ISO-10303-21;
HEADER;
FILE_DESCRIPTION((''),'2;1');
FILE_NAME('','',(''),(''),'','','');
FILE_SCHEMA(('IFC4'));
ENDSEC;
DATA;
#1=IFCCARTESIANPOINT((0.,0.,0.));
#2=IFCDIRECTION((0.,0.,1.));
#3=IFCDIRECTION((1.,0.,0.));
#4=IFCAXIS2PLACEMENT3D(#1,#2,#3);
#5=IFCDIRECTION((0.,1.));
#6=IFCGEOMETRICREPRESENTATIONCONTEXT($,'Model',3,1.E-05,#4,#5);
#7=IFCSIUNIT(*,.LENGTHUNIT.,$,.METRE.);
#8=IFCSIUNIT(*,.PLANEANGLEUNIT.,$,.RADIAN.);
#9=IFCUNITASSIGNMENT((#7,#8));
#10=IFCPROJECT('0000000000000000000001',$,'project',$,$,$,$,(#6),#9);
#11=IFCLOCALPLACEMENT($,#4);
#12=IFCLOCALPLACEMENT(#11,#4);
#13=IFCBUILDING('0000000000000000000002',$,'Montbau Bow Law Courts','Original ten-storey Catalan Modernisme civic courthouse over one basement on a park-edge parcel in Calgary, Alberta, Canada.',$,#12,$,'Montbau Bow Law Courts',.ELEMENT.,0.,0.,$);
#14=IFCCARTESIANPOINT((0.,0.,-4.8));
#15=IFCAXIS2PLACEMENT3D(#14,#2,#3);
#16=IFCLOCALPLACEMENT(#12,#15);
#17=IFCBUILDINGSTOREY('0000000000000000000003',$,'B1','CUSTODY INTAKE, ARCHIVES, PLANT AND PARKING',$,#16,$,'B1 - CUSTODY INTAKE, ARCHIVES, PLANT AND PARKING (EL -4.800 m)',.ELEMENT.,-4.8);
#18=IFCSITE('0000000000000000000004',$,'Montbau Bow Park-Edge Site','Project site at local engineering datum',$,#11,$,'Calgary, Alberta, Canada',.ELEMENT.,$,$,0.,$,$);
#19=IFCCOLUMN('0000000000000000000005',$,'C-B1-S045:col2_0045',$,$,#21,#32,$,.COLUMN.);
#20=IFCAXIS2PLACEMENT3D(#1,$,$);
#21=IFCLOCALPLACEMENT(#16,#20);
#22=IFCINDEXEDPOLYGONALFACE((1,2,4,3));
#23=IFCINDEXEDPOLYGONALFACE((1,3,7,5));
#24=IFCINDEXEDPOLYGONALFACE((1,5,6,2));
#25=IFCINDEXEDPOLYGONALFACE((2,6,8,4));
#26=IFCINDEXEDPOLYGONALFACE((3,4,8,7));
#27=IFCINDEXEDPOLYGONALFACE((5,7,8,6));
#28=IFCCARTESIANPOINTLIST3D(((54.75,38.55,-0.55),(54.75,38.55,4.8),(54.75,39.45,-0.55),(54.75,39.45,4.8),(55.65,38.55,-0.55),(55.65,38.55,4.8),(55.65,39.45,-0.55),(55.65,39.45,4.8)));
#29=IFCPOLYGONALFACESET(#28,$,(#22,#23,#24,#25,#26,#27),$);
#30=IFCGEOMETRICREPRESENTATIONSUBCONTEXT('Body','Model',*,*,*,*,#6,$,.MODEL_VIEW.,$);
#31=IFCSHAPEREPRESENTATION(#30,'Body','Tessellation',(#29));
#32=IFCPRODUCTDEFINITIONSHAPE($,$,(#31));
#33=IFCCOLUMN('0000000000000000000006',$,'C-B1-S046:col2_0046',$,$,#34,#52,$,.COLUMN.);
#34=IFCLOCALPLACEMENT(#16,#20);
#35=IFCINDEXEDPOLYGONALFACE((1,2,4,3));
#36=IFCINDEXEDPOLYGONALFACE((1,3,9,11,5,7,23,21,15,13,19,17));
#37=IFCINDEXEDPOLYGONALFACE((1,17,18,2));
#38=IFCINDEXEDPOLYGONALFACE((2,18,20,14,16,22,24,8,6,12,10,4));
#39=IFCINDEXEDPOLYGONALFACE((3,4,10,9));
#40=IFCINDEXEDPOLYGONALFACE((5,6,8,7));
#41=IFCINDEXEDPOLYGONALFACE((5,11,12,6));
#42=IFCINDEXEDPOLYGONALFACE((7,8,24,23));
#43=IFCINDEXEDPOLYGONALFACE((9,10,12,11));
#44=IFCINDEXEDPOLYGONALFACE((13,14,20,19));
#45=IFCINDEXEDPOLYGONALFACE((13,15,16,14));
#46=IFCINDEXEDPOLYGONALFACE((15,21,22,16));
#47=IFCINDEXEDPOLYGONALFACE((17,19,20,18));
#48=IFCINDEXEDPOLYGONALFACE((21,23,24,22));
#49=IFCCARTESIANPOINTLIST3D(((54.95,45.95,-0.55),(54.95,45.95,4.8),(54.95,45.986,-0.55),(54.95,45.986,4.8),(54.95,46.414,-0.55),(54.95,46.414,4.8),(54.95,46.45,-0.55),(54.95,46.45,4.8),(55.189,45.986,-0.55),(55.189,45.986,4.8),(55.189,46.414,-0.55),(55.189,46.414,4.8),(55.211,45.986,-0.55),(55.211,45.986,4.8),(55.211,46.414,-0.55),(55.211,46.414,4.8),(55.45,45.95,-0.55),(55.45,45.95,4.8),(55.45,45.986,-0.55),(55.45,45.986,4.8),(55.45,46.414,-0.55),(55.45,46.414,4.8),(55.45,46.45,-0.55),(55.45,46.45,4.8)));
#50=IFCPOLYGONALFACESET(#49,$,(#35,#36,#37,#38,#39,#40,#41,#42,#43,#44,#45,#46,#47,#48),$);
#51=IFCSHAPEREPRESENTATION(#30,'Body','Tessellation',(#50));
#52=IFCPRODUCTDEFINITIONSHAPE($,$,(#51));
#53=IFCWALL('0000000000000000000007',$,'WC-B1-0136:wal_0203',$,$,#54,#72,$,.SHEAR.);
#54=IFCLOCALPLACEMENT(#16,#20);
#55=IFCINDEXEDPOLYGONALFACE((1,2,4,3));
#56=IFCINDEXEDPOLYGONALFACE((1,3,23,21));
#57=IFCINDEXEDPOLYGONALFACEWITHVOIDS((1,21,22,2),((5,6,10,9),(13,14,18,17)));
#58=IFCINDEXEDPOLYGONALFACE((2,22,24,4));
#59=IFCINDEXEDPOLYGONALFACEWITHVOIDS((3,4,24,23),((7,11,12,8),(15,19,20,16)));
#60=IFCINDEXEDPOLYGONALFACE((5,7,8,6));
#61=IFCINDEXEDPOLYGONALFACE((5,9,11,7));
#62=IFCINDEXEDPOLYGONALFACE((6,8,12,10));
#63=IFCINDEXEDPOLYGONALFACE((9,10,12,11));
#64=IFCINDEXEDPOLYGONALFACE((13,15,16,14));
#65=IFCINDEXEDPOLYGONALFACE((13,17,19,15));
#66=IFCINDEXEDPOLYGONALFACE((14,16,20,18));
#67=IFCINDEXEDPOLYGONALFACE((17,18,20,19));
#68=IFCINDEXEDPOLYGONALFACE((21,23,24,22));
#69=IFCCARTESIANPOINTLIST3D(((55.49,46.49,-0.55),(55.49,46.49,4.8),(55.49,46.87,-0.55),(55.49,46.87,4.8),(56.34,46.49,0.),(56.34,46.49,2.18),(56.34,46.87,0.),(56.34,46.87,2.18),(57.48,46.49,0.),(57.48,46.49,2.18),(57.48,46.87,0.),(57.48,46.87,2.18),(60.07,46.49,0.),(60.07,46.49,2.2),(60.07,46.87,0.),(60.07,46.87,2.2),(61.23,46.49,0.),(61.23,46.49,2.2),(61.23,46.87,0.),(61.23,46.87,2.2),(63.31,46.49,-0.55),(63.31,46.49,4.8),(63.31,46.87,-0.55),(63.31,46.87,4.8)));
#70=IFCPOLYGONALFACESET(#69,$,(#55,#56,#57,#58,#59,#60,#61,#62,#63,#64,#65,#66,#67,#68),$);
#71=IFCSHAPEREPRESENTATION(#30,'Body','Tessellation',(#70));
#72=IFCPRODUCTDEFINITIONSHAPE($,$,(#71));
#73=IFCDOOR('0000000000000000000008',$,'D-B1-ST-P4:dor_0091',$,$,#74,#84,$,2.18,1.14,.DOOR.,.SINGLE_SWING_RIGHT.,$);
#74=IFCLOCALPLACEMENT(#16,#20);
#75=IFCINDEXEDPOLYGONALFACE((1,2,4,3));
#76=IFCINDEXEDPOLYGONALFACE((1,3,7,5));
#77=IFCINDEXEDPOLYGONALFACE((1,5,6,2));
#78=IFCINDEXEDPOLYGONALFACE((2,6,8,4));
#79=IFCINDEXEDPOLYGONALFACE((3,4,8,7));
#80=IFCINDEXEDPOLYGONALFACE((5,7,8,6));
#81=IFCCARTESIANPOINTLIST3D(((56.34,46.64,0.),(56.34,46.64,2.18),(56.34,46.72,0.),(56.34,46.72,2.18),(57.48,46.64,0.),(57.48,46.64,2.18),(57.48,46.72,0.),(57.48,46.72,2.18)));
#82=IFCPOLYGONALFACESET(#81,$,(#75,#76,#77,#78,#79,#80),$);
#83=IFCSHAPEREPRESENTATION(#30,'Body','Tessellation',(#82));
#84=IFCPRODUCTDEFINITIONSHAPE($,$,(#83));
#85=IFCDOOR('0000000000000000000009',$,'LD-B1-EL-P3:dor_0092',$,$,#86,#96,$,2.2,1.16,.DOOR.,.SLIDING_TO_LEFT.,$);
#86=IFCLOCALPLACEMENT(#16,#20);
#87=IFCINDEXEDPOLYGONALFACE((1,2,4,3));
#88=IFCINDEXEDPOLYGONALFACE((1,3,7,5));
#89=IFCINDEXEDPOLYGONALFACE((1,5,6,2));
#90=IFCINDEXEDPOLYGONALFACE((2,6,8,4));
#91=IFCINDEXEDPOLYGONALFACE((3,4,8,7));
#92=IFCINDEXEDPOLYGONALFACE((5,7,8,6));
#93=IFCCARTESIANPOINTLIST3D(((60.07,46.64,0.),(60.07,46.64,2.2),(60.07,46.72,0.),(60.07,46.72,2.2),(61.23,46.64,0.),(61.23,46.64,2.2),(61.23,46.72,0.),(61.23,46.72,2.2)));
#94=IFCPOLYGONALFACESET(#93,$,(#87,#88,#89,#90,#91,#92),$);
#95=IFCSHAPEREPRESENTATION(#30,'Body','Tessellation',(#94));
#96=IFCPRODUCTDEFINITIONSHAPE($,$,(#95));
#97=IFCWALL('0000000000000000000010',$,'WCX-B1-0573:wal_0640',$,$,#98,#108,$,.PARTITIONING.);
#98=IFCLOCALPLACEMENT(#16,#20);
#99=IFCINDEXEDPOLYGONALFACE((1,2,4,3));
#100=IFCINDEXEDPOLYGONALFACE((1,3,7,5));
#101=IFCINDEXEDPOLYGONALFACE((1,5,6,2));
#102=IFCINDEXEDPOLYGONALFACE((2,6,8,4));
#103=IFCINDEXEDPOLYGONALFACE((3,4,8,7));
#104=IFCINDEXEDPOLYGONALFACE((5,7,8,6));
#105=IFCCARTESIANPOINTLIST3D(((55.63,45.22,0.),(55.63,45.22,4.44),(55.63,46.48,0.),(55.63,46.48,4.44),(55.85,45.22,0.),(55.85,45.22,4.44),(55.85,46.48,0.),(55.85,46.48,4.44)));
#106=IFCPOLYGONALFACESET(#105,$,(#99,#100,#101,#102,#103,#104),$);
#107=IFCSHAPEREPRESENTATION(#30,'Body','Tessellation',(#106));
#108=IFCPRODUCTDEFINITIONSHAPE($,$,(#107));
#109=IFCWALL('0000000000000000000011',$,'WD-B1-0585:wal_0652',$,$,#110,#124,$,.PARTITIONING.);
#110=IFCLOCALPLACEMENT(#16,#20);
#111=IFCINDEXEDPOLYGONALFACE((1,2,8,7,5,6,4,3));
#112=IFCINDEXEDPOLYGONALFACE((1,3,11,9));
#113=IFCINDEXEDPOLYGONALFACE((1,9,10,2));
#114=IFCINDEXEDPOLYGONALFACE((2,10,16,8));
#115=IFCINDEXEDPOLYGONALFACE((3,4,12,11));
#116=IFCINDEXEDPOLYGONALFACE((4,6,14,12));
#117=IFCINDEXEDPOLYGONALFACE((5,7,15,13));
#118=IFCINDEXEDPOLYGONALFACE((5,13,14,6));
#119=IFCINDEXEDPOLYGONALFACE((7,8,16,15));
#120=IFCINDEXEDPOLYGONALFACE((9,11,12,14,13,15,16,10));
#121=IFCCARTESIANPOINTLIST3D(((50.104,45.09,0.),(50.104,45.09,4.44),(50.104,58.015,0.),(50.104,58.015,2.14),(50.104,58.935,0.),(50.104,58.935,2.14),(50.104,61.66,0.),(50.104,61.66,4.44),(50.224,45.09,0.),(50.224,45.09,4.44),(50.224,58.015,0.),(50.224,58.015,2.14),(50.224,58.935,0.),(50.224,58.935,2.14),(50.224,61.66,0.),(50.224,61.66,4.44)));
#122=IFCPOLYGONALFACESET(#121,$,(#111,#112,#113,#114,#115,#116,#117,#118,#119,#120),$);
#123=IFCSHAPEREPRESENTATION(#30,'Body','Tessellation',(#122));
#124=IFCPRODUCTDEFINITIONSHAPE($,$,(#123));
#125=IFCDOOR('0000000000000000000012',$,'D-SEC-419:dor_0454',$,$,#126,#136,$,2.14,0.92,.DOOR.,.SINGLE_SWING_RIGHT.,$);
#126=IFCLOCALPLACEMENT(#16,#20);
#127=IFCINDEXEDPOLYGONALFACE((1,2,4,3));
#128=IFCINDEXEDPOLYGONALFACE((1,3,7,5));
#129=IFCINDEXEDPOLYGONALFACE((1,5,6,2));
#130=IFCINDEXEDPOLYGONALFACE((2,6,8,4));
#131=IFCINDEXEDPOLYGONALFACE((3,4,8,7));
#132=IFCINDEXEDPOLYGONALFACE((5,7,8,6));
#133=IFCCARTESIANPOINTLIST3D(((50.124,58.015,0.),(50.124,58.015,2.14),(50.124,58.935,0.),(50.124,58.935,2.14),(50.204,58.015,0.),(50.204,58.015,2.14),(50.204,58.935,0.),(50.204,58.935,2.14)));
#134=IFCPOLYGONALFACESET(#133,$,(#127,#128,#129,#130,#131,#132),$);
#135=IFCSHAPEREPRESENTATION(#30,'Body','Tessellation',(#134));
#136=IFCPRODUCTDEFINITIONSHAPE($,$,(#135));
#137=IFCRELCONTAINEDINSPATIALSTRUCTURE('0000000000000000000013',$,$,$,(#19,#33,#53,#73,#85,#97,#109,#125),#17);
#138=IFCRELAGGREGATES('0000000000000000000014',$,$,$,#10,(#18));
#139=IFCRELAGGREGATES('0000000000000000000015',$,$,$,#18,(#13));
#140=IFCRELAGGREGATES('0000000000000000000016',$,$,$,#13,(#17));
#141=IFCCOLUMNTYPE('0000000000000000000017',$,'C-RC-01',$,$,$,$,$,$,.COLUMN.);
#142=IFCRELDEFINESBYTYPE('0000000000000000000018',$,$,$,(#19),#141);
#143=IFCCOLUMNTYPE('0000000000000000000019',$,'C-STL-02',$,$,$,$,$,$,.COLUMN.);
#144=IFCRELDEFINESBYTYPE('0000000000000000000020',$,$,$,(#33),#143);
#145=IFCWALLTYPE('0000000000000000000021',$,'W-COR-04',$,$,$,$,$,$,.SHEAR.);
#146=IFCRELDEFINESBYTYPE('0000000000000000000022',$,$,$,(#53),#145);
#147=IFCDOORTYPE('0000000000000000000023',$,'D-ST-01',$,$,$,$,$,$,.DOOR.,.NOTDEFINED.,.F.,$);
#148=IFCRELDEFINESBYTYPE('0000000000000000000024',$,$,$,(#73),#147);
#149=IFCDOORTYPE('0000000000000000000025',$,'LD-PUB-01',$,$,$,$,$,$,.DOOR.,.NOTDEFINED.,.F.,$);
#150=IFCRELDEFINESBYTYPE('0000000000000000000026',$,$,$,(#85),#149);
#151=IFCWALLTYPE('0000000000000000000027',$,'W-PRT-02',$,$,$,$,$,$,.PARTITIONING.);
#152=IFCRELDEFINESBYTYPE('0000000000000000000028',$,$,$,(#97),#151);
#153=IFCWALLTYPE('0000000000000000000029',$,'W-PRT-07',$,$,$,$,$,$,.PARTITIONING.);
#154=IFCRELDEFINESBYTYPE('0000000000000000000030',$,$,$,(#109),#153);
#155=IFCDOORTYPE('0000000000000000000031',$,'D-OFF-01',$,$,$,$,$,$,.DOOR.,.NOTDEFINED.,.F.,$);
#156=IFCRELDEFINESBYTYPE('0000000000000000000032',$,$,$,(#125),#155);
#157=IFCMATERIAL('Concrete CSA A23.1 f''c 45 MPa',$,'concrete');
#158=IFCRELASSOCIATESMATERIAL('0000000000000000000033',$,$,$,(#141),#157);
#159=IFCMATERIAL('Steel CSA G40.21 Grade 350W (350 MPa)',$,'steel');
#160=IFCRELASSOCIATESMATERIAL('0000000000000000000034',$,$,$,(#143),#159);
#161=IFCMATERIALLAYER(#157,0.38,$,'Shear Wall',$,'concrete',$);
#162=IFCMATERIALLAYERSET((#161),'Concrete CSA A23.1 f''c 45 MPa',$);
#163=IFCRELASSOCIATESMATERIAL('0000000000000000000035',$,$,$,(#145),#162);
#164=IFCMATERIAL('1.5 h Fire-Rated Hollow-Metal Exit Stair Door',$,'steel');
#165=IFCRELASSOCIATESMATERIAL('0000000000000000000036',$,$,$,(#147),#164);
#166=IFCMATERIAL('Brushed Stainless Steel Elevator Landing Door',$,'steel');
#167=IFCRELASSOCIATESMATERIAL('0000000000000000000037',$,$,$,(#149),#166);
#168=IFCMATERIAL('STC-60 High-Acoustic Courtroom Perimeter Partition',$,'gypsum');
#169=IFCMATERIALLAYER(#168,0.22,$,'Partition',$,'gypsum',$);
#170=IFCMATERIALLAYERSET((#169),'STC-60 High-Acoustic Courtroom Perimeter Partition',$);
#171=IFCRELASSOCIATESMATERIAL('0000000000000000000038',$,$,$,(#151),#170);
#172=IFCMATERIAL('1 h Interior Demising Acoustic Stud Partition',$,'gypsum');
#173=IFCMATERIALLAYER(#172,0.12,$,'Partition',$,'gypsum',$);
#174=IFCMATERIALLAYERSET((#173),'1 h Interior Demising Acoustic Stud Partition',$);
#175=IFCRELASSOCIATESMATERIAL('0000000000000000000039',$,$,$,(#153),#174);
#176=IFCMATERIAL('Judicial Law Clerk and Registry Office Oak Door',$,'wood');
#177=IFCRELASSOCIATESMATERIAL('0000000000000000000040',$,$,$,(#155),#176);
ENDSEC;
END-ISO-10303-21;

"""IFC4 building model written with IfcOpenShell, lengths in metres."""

from ifc_helpers import new_model, si_unit, direction, frame, frame_2d, origin_with_axes, origin_2d_with_axis, place, context, subcontext, project, spatial, rectangle, i_section, extrude, material, layer, layer_set, material_profile, profile_set, type_object, element, fill, save


model = new_model("IFC4")

# Units and contexts
model_context = context("Model", 3, precision=1e-05, world=origin_with_axes(), true_north=direction((0.0, 1.0)))
body_context = subcontext(model_context, "Body", "Model", "MODEL_VIEW")
ifc_project = project(units=[si_unit("LENGTHUNIT", "METRE"), si_unit("PLANEANGLEUNIT", "RADIAN")], contexts=[model_context])

# Site, building, storey
site_placement = place(None, origin_with_axes())
site = spatial("IfcSite", under=ifc_project, at=site_placement, Name="Montbau Bow Park-Edge Site", Description="Project site at local engineering datum", LongName="Calgary, Alberta, Canada", CompositionType="ELEMENT", RefElevation=0.0)
building_placement = place(site_placement, origin_with_axes())
building = spatial("IfcBuilding", under=site, at=building_placement, Name="Montbau Bow Law Courts", Description="Original ten-storey Catalan Modernisme civic courthouse over one basement on a park-edge parcel in Calgary, Alberta, Canada.", LongName="Montbau Bow Law Courts", CompositionType="ELEMENT", ElevationOfRefHeight=0.0, ElevationOfTerrain=0.0)
storey_placement = place(building_placement, frame((0.0, 0.0, -4.8), z_axis=(0.0, 0.0, 1.0), x_axis=(1.0, 0.0, 0.0)))
storey = spatial("IfcBuildingStorey", under=building, at=storey_placement, Name="B1", Description="CUSTODY INTAKE, ARCHIVES, PLANT AND PARKING", LongName="B1 - CUSTODY INTAKE, ARCHIVES, PLANT AND PARKING (EL -4.800 m)", CompositionType="ELEMENT", Elevation=-4.8)

# Columns
ifc_material_1 = material(Name="Concrete CSA A23.1 f'c 45 MPa", Category="concrete")
ifc_material_profile_1 = material_profile(ifc_material_1, rectangle(XDim=0.9, YDim=0.9, at=origin_2d_with_axis()), Name="RC900X900", Category="Main", Priority=0)
ifc_profile_set_1 = profile_set([ifc_material_profile_1], Name="Concrete CSA A23.1 f'c 45 MPa")
column_type_1 = type_object("IfcColumnType", Name="C-RC-01", PredefinedType="COLUMN", material=ifc_profile_set_1)
column_1_placement = place(None, frame((55.2, 39.0, -5.35), z_axis=(0.0, 0.0, 1.0), x_axis=(1.0, 0.0, 0.0)))
element("IfcColumn", 1, at=column_1_placement, inside=storey, type_object=column_type_1, Name="C-B1-S045:col2_0045", PredefinedType="COLUMN", context=body_context, shape_type="SweptSolid", body=[
    extrude(rectangle(XDim=0.9, YDim=0.9, at=origin_2d_with_axis()), origin_with_axes(), (0.0, 0.0, 1.0), 5.35),
])
ifc_material_2 = material(Name="Steel CSA G40.21 Grade 350W (350 MPa)", Category="steel")
ifc_material_profile_2 = material_profile(ifc_material_2, i_section(OverallWidth=0.5, OverallDepth=0.5, WebThickness=0.022, FlangeThickness=0.036, at=origin_2d_with_axis()), Name="WWF500X343", Category="Main", Priority=0)
ifc_profile_set_2 = profile_set([ifc_material_profile_2], Name="Steel CSA G40.21 Grade 350W (350 MPa)")
column_type_2 = type_object("IfcColumnType", Name="C-STL-02", PredefinedType="COLUMN", material=ifc_profile_set_2)
column_2_placement = place(None, frame((55.2, 46.2, -5.35), z_axis=(0.0, 0.0, 1.0), x_axis=(1.0, 0.0, 0.0)))
element("IfcColumn", 2, at=column_2_placement, inside=storey, type_object=column_type_2, Name="C-B1-S046:col2_0046", PredefinedType="COLUMN", context=body_context, shape_type="SweptSolid", body=[
    extrude(i_section(OverallWidth=0.5, OverallDepth=0.5, WebThickness=0.022, FlangeThickness=0.036, at=origin_2d_with_axis()), origin_with_axes(), (0.0, 0.0, 1.0), 5.35),
])

# Wall, openings, doors
ifc_layer_1 = layer(ifc_material_1, 0.38, Name="Shear Wall", Category="concrete")
ifc_layer_set_1 = layer_set([ifc_layer_1], Name="Concrete CSA A23.1 f'c 45 MPa")
wall_type_1 = type_object("IfcWallType", Name="W-COR-04", PredefinedType="SHEAR", material=ifc_layer_set_1)
wall_1_placement = place(None, frame((55.49, 46.68, -5.35), z_axis=(0.0, 0.0, 1.0), x_axis=(1.0, 0.0, 0.0)))
wall_1 = element("IfcWall", 3, at=wall_1_placement, inside=storey, type_object=wall_type_1, Name="WC-B1-0136:wal_0203", PredefinedType="SHEAR", context=body_context, shape_type="SweptSolid", body=[
    extrude(rectangle(XDim=7.82, YDim=0.38, at=frame_2d((3.91, 0.0), x_axis=(1.0, 0.0))), origin_with_axes(), (0.0, 0.0, 1.0), 5.35),
])
opening_1_placement = place(None, frame((56.91, 46.68, -4.8), z_axis=(0.0, 0.0, 1.0), x_axis=(1.0, 0.0, 0.0)))
opening_1 = element("IfcOpeningElement", 4, at=opening_1_placement, cuts=wall_1, PredefinedType="OPENING", context=body_context, shape_type="SweptSolid", body=[
    extrude(rectangle(XDim=1.14, YDim=2.18, at=frame_2d((0.0, 1.09), x_axis=(1.0, 0.0))), frame((0.0, 0.2, 0.0), z_axis=(0.0, -1.0, 0.0), x_axis=(1.0, 0.0, 0.0)), (0.0, 0.0, 1.0), 0.4),
])
opening_2_placement = place(None, frame((60.65, 46.68, -4.8), z_axis=(0.0, 0.0, 1.0), x_axis=(1.0, 0.0, 0.0)))
opening_2 = element("IfcOpeningElement", 5, at=opening_2_placement, cuts=wall_1, PredefinedType="OPENING", context=body_context, shape_type="SweptSolid", body=[
    extrude(rectangle(XDim=1.16, YDim=2.2, at=frame_2d((0.0, 1.1), x_axis=(1.0, 0.0))), frame((0.0, 0.2, 0.0), z_axis=(0.0, -1.0, 0.0), x_axis=(1.0, 0.0, 0.0)), (0.0, 0.0, 1.0), 0.4),
])
ifc_material_3 = material(Name="1.5 h Fire-Rated Hollow-Metal Exit Stair Door", Category="steel")
door_type_1 = type_object("IfcDoorType", Name="D-ST-01", OperationType="NOTDEFINED", ParameterTakesPrecedence=False, PredefinedType="DOOR", material=ifc_material_3)
door_1_placement = place(None, frame((56.91, 46.68, -4.8), z_axis=(0.0, 0.0, 1.0), x_axis=(-1.0, 0.0, 0.0)))
door_1 = element("IfcDoor", 6, at=door_1_placement, inside=storey, type_object=door_type_1, Name="D-B1-ST-P4:dor_0091", OperationType="SINGLE_SWING_RIGHT", OverallHeight=2.18, OverallWidth=1.14, PredefinedType="DOOR", context=body_context, shape_type="SweptSolid", body=[
    extrude(rectangle(XDim=1.14, YDim=2.18, at=frame_2d((0.0, 1.09), x_axis=(1.0, 0.0))), frame((0.0, 0.04, 0.0), z_axis=(0.0, -1.0, 0.0), x_axis=(1.0, 0.0, 0.0)), (0.0, 0.0, 1.0), 0.08),
])
fill(opening_1, door_1)
ifc_material_4 = material(Name="Brushed Stainless Steel Elevator Landing Door", Category="steel")
door_type_2 = type_object("IfcDoorType", Name="LD-PUB-01", OperationType="NOTDEFINED", ParameterTakesPrecedence=False, PredefinedType="DOOR", material=ifc_material_4)
door_2_placement = place(None, frame((60.65, 46.68, -4.8), z_axis=(0.0, 0.0, 1.0), x_axis=(-1.0, 0.0, 0.0)))
door_2 = element("IfcDoor", 7, at=door_2_placement, inside=storey, type_object=door_type_2, Name="LD-B1-EL-P3:dor_0092", OperationType="SLIDING_TO_LEFT", OverallHeight=2.2, OverallWidth=1.16, PredefinedType="DOOR", context=body_context, shape_type="SweptSolid", body=[
    extrude(rectangle(XDim=1.16, YDim=2.2, at=frame_2d((0.0, 1.1), x_axis=(1.0, 0.0))), frame((0.0, 0.04, 0.0), z_axis=(0.0, -1.0, 0.0), x_axis=(1.0, 0.0, 0.0)), (0.0, 0.0, 1.0), 0.08),
])
fill(opening_2, door_2)

# Wall
ifc_material_5 = material(Name="STC-60 High-Acoustic Courtroom Perimeter Partition", Category="gypsum")
ifc_layer_2 = layer(ifc_material_5, 0.22, Name="Partition", Category="gypsum")
ifc_layer_set_2 = layer_set([ifc_layer_2], Name="STC-60 High-Acoustic Courtroom Perimeter Partition")
wall_type_2 = type_object("IfcWallType", Name="W-PRT-02", PredefinedType="PARTITIONING", material=ifc_layer_set_2)
wall_2_placement = place(None, frame((55.74, 45.22, -4.8), z_axis=(0.0, 0.0, 1.0), x_axis=(0.0, 1.0, 0.0)))
element("IfcWall", 8, at=wall_2_placement, inside=storey, type_object=wall_type_2, Name="WCX-B1-0573:wal_0640", PredefinedType="PARTITIONING", context=body_context, shape_type="SweptSolid", body=[
    extrude(rectangle(XDim=1.26, YDim=0.22, at=frame_2d((0.63, 0.0), x_axis=(1.0, 0.0))), origin_with_axes(), (0.0, 0.0, 1.0), 4.44),
])

# Wall, opening, door
ifc_material_6 = material(Name="1 h Interior Demising Acoustic Stud Partition", Category="gypsum")
ifc_layer_3 = layer(ifc_material_6, 0.12, Name="Partition", Category="gypsum")
ifc_layer_set_3 = layer_set([ifc_layer_3], Name="1 h Interior Demising Acoustic Stud Partition")
wall_type_3 = type_object("IfcWallType", Name="W-PRT-07", PredefinedType="PARTITIONING", material=ifc_layer_set_3)
wall_3_placement = place(None, frame((50.164, 45.09, -4.8), z_axis=(0.0, 0.0, 1.0), x_axis=(0.0, 1.0, 0.0)))
wall_3 = element("IfcWall", 9, at=wall_3_placement, inside=storey, type_object=wall_type_3, Name="WD-B1-0585:wal_0652", PredefinedType="PARTITIONING", context=body_context, shape_type="SweptSolid", body=[
    extrude(rectangle(XDim=16.57, YDim=0.12, at=frame_2d((8.285, 0.0), x_axis=(1.0, 0.0))), origin_with_axes(), (0.0, 0.0, 1.0), 4.44),
])
opening_3_placement = place(None, frame((50.164, 58.475, -4.8), z_axis=(0.0, 0.0, 1.0), x_axis=(0.0, 1.0, 0.0)))
opening_3 = element("IfcOpeningElement", 10, at=opening_3_placement, cuts=wall_3, PredefinedType="OPENING", context=body_context, shape_type="SweptSolid", body=[
    extrude(rectangle(XDim=0.92, YDim=2.14, at=frame_2d((0.0, 1.07), x_axis=(1.0, 0.0))), frame((0.0, 0.07, 0.0), z_axis=(0.0, -1.0, 0.0), x_axis=(1.0, 0.0, 0.0)), (0.0, 0.0, 1.0), 0.14),
])
ifc_material_7 = material(Name="Judicial Law Clerk and Registry Office Oak Door", Category="wood")
door_type_3 = type_object("IfcDoorType", Name="D-OFF-01", OperationType="NOTDEFINED", ParameterTakesPrecedence=False, PredefinedType="DOOR", material=ifc_material_7)
door_3_placement = place(None, frame((50.164, 58.475, -4.8), z_axis=(0.0, 0.0, 1.0), x_axis=(0.0, 1.0, 0.0)))
door_3 = element("IfcDoor", 11, at=door_3_placement, inside=storey, type_object=door_type_3, Name="D-SEC-419:dor_0454", OperationType="SINGLE_SWING_RIGHT", OverallHeight=2.14, OverallWidth=0.92, PredefinedType="DOOR", context=body_context, shape_type="SweptSolid", body=[
    extrude(rectangle(XDim=0.92, YDim=2.14, at=frame_2d((0.0, 1.07), x_axis=(1.0, 0.0))), frame((0.0, 0.04, 0.0), z_axis=(0.0, -1.0, 0.0), x_axis=(1.0, 0.0, 0.0)), (0.0, 0.0, 1.0), 0.08),
])
fill(opening_3, door_3)

save(model, "model.ifc")
